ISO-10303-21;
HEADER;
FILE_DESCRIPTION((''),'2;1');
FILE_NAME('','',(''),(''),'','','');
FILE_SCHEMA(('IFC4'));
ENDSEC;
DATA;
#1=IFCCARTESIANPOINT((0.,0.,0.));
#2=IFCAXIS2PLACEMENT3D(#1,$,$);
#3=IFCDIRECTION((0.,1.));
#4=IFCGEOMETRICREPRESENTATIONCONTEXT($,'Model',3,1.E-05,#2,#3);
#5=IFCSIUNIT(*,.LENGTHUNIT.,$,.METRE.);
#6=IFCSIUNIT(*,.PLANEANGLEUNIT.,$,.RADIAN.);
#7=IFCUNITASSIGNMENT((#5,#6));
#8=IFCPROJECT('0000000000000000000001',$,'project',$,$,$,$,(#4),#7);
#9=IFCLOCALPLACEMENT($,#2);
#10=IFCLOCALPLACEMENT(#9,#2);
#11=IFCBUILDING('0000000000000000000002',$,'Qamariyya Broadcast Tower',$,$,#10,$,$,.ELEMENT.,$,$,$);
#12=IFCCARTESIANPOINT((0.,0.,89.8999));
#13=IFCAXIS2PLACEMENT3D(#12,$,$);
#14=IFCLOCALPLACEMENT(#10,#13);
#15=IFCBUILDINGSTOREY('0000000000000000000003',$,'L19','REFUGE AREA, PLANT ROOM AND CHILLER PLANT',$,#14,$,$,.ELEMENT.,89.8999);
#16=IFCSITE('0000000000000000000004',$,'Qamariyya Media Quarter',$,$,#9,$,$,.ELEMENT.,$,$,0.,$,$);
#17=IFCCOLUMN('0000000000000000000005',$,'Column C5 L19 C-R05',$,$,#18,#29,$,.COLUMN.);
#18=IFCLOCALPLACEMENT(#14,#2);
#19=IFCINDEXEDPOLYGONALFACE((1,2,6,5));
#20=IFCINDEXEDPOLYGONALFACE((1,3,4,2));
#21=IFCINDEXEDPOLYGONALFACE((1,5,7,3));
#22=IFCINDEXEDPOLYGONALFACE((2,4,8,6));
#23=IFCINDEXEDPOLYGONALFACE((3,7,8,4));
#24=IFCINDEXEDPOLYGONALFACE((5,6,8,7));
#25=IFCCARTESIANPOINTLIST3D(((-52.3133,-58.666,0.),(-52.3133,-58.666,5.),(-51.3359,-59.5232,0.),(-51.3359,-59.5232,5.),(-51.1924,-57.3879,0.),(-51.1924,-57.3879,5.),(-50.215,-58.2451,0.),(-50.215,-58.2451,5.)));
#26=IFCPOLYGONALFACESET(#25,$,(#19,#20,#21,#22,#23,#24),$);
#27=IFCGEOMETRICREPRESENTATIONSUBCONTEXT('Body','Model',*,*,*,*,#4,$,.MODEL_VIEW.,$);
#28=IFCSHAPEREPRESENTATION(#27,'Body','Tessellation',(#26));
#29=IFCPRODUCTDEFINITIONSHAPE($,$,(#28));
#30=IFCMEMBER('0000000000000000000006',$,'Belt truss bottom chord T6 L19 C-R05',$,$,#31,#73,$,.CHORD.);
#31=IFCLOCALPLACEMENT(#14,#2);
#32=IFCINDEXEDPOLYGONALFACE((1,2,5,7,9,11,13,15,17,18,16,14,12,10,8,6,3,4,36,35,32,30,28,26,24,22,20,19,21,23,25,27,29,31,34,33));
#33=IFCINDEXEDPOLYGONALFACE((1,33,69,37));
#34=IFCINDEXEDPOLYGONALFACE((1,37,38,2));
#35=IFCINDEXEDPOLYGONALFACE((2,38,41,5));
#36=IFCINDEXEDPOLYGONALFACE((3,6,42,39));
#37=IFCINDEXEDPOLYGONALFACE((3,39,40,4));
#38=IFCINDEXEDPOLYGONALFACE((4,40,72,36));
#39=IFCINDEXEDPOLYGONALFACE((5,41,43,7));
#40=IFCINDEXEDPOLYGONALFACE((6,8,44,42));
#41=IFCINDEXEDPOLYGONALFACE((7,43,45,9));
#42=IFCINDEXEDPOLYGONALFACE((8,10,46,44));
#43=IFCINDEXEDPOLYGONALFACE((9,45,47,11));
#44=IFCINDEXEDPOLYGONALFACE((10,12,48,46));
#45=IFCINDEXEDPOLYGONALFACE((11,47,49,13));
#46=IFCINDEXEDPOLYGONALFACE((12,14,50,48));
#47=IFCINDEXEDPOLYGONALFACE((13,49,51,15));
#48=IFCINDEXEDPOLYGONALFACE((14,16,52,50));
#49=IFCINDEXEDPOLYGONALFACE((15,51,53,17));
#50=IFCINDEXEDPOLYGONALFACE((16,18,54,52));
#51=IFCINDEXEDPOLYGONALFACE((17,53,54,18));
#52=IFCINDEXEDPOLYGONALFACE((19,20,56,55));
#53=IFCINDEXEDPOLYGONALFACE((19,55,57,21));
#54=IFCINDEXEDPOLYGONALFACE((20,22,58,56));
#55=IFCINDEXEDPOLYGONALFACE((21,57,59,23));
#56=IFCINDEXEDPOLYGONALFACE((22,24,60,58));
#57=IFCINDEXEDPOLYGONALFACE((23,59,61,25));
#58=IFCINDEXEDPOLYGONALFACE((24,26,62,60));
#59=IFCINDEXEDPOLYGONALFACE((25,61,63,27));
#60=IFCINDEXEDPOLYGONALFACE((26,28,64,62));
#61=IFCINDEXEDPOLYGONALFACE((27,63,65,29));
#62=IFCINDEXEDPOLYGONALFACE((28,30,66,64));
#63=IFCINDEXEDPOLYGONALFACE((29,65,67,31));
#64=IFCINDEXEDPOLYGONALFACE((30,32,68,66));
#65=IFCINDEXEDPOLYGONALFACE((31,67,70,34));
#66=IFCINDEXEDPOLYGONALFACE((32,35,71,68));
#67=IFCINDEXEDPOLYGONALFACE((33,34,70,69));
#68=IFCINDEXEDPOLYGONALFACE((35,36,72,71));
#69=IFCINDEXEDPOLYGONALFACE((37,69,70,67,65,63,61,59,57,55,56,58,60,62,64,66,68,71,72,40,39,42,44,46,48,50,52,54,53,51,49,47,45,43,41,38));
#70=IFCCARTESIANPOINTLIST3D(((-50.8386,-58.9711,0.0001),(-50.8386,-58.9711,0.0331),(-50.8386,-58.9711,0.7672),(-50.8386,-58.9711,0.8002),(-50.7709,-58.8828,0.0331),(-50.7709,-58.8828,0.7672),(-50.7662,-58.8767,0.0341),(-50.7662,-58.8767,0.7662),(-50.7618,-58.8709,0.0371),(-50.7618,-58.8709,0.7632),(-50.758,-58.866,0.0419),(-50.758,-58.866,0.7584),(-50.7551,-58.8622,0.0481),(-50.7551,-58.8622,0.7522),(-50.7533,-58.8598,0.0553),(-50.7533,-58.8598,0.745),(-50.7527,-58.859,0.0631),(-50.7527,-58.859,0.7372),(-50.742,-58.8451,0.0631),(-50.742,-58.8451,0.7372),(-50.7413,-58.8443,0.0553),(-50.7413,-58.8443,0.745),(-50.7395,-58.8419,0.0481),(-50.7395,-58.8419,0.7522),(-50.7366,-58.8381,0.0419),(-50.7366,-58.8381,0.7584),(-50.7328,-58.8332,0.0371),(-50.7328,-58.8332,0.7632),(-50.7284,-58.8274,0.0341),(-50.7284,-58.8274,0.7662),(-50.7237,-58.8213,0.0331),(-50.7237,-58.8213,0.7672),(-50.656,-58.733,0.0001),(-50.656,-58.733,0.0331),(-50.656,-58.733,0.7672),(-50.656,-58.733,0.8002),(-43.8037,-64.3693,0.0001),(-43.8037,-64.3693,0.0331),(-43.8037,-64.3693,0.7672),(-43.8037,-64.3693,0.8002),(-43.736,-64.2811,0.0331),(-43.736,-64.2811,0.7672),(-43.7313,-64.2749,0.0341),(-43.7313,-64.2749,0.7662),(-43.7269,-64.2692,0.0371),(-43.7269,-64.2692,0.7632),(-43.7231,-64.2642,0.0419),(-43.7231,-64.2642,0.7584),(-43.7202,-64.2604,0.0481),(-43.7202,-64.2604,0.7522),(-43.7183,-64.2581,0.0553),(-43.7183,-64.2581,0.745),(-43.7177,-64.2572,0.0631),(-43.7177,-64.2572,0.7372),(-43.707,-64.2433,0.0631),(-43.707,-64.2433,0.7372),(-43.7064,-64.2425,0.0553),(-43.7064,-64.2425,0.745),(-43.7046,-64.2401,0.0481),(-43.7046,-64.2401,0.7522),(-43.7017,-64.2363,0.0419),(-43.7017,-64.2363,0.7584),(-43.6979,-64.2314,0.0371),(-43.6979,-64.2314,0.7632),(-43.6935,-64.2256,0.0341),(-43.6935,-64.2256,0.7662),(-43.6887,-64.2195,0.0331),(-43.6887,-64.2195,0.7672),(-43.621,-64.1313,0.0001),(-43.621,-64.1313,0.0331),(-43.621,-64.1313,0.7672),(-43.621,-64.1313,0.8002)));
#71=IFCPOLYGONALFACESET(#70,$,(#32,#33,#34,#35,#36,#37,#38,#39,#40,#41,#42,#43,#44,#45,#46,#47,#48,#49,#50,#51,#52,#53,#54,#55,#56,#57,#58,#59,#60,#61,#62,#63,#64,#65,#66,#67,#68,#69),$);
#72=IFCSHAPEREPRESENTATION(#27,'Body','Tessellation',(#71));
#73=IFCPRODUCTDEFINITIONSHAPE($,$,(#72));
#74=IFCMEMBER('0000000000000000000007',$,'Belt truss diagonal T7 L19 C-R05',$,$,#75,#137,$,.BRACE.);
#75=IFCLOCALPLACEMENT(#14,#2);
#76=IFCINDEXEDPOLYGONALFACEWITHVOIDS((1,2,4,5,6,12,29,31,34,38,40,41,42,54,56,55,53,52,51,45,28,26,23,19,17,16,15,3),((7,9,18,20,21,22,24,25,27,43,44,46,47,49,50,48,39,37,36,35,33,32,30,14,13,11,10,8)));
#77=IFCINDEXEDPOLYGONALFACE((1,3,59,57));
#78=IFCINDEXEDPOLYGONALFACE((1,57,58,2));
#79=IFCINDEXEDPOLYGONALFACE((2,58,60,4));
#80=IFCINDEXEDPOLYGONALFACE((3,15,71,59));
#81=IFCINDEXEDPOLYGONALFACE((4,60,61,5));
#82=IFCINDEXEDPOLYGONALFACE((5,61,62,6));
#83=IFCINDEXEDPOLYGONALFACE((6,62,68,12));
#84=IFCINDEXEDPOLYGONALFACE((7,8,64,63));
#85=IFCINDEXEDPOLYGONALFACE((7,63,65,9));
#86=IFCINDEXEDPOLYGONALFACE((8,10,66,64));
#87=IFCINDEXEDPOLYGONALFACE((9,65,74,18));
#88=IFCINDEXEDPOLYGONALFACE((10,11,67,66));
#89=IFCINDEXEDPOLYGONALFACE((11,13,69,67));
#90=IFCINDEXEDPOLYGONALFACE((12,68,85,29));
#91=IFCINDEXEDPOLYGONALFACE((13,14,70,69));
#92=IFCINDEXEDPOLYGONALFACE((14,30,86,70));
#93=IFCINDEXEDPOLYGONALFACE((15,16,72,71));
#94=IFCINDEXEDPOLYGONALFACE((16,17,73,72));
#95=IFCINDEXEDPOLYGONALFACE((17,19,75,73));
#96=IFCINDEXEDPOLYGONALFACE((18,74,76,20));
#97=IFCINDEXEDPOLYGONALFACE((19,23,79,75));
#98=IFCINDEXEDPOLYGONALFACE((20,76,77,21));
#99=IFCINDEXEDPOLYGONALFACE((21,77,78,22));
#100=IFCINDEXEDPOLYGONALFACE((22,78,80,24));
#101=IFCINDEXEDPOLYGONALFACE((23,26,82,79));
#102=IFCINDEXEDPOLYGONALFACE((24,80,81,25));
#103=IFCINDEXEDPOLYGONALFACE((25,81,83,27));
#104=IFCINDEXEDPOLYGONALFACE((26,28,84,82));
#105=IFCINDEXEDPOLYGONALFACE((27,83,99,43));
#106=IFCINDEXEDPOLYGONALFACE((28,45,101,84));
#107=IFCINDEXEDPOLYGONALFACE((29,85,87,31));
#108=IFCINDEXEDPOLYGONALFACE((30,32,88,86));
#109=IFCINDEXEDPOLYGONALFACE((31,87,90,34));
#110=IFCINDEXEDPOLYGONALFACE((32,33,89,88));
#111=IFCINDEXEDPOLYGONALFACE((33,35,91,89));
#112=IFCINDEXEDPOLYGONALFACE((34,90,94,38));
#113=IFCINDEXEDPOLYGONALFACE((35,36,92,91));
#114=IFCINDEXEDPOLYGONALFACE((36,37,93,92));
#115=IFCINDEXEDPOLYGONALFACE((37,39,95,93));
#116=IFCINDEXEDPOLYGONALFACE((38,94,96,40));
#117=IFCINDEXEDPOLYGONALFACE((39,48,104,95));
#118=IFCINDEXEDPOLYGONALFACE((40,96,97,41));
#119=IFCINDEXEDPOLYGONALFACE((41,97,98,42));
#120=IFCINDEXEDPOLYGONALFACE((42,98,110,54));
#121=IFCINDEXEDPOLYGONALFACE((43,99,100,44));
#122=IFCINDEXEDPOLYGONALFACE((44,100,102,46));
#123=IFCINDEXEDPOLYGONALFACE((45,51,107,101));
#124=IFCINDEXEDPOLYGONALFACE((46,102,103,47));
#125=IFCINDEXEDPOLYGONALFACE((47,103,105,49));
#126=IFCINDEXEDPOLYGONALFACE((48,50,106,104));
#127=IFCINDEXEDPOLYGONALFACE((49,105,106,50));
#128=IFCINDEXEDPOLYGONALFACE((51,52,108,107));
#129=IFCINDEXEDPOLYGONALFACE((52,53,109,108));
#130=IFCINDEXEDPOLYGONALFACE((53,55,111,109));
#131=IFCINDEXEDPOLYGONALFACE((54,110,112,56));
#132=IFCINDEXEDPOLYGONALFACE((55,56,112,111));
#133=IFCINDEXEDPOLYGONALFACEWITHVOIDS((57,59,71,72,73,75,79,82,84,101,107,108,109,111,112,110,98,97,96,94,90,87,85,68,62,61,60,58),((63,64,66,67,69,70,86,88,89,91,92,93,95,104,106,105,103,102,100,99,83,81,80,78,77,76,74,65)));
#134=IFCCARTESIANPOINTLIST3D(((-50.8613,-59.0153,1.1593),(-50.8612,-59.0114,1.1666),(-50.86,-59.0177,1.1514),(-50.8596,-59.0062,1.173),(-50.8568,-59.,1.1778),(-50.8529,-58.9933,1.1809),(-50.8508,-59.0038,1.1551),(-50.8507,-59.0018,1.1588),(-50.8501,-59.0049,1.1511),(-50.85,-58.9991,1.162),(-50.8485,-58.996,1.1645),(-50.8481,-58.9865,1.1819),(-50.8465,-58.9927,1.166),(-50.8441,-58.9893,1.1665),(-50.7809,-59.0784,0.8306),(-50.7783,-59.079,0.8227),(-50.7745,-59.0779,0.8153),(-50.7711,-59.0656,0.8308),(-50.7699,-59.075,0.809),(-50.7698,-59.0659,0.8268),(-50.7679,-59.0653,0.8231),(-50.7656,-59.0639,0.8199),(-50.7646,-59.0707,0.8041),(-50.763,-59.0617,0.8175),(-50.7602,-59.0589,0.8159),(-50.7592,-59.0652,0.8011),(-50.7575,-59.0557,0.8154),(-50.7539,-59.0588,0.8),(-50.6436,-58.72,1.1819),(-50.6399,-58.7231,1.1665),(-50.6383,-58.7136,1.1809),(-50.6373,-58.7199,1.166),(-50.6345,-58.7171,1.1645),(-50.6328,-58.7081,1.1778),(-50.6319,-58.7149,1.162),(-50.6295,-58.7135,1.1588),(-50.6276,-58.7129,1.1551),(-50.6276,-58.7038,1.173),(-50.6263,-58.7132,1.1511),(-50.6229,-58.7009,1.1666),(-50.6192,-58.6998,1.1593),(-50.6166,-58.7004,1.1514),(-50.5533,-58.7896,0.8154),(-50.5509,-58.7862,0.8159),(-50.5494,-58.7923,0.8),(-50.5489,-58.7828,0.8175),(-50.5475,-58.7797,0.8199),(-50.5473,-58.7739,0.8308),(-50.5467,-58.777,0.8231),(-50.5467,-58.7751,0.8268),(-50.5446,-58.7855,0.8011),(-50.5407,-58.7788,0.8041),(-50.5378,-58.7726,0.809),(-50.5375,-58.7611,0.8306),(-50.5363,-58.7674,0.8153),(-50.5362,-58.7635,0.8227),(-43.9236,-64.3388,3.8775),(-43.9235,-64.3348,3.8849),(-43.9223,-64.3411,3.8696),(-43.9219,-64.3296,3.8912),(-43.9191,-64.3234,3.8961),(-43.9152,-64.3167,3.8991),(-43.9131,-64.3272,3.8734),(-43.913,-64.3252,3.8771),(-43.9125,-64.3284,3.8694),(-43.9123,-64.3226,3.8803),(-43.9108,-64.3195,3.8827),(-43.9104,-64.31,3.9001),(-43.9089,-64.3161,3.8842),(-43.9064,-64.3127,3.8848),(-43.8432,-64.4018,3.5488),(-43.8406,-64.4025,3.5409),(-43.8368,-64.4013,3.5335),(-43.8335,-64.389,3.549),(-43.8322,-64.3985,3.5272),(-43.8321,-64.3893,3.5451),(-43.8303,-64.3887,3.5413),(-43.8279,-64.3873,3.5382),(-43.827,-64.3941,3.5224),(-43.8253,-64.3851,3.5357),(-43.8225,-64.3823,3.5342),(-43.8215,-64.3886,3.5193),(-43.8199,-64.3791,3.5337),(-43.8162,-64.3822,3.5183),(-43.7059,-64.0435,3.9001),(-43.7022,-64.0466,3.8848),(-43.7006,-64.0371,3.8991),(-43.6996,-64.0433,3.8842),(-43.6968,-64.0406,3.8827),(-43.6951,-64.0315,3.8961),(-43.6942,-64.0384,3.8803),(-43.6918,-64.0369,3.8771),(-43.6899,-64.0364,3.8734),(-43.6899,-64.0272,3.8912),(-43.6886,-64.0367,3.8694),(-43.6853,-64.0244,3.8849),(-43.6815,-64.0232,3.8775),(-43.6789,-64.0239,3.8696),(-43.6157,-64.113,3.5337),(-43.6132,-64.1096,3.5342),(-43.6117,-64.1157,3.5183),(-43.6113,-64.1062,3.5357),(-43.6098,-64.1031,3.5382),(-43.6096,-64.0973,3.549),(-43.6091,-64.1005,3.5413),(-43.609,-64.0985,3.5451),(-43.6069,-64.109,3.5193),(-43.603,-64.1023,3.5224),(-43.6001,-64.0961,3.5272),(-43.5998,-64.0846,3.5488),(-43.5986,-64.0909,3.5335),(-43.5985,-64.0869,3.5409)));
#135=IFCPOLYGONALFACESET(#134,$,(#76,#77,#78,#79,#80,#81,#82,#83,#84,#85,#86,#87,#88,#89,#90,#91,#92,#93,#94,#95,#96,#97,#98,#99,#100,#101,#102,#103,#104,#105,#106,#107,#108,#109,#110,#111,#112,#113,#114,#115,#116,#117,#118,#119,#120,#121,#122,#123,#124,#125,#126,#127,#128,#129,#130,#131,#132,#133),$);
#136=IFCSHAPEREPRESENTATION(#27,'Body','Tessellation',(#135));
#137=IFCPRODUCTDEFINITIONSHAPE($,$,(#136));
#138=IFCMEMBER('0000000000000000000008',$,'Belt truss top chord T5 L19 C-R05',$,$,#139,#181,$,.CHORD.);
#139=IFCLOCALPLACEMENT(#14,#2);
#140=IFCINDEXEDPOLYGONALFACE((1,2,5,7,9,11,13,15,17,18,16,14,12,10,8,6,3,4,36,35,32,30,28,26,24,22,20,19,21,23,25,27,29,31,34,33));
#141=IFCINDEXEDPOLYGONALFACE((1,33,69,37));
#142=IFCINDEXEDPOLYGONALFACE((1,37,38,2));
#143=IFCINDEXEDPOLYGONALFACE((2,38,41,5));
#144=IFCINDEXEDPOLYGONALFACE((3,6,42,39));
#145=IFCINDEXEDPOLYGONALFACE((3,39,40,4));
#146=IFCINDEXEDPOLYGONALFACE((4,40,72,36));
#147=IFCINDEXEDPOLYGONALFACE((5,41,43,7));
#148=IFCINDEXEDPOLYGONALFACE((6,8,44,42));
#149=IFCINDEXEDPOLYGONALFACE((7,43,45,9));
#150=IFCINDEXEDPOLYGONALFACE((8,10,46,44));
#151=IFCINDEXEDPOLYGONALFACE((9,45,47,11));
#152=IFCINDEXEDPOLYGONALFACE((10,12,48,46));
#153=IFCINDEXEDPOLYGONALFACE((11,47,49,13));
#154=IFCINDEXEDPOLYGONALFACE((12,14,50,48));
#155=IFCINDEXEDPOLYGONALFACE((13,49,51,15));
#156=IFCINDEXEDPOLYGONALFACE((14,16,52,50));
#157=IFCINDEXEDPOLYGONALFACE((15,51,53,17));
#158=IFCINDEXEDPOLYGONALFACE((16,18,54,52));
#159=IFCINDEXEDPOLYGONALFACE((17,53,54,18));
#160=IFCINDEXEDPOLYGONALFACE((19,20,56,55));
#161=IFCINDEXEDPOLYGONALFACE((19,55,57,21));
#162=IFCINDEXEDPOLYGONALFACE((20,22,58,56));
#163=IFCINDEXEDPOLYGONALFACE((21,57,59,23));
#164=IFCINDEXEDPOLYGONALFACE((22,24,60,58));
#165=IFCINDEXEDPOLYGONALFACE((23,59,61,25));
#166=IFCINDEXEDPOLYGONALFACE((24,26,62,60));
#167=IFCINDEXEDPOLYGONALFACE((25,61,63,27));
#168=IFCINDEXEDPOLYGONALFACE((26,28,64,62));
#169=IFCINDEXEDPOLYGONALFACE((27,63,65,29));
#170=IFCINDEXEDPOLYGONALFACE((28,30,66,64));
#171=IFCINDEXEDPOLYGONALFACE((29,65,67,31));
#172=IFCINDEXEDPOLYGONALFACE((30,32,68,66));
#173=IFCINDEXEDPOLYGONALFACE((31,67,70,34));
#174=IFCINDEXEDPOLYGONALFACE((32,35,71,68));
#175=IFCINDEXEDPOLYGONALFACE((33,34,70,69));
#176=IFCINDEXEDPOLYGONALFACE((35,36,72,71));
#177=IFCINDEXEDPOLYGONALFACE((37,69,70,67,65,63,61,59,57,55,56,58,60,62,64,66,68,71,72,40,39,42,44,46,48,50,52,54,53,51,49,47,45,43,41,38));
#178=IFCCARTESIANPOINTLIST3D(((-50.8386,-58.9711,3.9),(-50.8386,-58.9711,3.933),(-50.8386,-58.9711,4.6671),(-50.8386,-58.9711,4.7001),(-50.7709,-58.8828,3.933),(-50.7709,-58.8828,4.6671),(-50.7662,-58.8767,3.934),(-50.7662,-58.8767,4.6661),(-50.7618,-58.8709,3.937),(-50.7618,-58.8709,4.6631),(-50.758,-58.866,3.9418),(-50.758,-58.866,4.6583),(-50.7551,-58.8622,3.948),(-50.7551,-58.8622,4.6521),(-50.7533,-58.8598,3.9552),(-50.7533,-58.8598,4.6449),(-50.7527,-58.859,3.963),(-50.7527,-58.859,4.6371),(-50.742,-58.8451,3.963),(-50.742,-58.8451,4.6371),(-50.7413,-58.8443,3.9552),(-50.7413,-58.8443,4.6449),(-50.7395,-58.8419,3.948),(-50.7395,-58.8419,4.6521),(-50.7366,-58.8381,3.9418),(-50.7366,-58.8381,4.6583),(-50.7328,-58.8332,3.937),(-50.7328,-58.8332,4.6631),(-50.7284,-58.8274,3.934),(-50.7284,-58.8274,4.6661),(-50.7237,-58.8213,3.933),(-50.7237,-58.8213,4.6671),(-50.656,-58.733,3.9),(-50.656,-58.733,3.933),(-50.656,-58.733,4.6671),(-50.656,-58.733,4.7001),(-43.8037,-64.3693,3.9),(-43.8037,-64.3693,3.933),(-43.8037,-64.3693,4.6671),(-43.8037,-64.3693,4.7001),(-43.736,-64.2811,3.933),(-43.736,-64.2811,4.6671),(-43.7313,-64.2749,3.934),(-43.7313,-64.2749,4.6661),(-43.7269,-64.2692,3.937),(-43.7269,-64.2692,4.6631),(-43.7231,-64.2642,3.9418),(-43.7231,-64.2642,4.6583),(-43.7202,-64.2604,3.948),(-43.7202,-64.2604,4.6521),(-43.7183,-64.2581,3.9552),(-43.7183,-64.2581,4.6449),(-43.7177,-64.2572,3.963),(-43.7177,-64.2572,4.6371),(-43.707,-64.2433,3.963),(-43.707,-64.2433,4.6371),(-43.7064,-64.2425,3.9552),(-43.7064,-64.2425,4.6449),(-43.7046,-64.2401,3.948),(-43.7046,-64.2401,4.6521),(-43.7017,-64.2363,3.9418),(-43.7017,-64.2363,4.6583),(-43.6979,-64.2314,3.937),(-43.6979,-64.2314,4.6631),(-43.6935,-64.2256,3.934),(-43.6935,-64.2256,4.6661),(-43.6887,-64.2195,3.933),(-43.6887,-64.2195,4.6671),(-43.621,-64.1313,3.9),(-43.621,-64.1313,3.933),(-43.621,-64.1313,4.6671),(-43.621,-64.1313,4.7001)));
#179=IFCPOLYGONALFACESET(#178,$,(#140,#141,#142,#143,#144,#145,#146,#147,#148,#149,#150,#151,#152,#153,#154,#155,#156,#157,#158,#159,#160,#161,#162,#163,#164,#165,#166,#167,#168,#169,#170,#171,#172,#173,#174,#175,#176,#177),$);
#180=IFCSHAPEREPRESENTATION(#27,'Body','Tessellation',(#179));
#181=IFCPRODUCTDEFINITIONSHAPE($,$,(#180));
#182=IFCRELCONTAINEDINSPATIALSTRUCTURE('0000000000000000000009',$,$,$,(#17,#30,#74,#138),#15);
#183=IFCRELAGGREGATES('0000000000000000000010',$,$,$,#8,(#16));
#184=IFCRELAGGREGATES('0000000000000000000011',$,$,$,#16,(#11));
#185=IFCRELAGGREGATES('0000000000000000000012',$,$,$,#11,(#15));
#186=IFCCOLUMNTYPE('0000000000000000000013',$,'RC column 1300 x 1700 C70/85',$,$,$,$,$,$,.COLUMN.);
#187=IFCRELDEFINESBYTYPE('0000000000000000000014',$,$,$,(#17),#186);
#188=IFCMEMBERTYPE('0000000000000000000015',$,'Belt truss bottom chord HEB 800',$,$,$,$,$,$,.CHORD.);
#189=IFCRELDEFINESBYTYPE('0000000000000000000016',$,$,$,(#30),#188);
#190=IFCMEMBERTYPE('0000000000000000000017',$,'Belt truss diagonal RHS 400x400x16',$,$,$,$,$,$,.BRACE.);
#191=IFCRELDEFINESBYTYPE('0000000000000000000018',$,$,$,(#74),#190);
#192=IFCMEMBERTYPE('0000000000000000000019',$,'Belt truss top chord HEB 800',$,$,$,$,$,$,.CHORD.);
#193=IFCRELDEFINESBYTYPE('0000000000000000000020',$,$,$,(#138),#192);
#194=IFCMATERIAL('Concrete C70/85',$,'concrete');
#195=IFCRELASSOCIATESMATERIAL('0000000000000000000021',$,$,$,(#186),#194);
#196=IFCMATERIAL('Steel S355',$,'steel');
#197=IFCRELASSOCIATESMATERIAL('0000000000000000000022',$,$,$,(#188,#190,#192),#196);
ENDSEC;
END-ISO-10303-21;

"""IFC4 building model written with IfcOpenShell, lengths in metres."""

from ifc_helpers import new_model, si_unit, direction, frame, origin, origin_2d, place, context, subcontext, project, spatial, rectangle, hollow_rectangle, i_section, extrude, material, material_profile, profile_set, type_object, element, save


model = new_model("IFC4")

# Units and contexts
model_context = context("Model", 3, precision=1e-05, world=origin(), true_north=direction((0.0, 1.0)))
body_context = subcontext(model_context, "Body", "Model", "MODEL_VIEW")
ifc_project = project(units=[si_unit("LENGTHUNIT", "METRE"), si_unit("PLANEANGLEUNIT", "RADIAN")], contexts=[model_context])

# Site, building, storey
site_placement = place(None, origin())
site = spatial("IfcSite", under=ifc_project, at=site_placement, Name="Qamariyya Media Quarter", CompositionType="ELEMENT", RefElevation=0.0)
building_placement = place(site_placement, origin())
building = spatial("IfcBuilding", under=site, at=building_placement, Name="Qamariyya Broadcast Tower", CompositionType="ELEMENT")
storey_placement = place(building_placement, frame((0.0, 0.0, 89.8999)))
storey = spatial("IfcBuildingStorey", under=building, at=storey_placement, Name="L19", Description="REFUGE AREA, PLANT ROOM AND CHILLER PLANT", CompositionType="ELEMENT", Elevation=89.8999)

# Column
ifc_material_1 = material(Name="Concrete C70/85", Category="concrete")
ifc_material_profile_1 = material_profile(ifc_material_1, rectangle(XDim=1.3, YDim=1.7, at=origin_2d()))
ifc_profile_set_1 = profile_set([ifc_material_profile_1], Name="Concrete C70/85")
column_type = type_object("IfcColumnType", Name="RC column 1300 x 1700 C70/85", PredefinedType="COLUMN", material=ifc_profile_set_1)
column_placement = place(storey_placement, frame((-51.2642, -58.4556, 0.0), z_axis=(0.0, 0.0, 1.0), x_axis=(0.75184, -0.659346, 0.0)))
element("IfcColumn", 1, at=column_placement, inside=storey, type_object=column_type, Name="Column C5 L19 C-R05", PredefinedType="COLUMN", context=body_context, shape_type="SweptSolid", body=[
    extrude(rectangle(XDim=1.3, YDim=1.7, at=origin_2d()), origin(), (0.0, 0.0, 1.0), 5.0),
])

# Members
ifc_material_2 = material(Name="Steel S355", Category="steel")
ifc_material_profile_2 = material_profile(ifc_material_2, i_section(OverallWidth=0.3, OverallDepth=0.8, WebThickness=0.0176, FlangeThickness=0.033, FilletRadius=0.03, at=origin_2d()))
ifc_profile_set_2 = profile_set([ifc_material_profile_2], Name="Steel S355")
member_type_1 = type_object("IfcMemberType", Name="Belt truss bottom chord HEB 800", PredefinedType="CHORD", material=ifc_profile_set_2)
member_1_placement = place(storey_placement, frame((-50.7473, -58.8521, 0.4001), z_axis=(0.793347, -0.60877, 0.0), x_axis=(0.60877, 0.793347, 0.0)))
element("IfcMember", 2, at=member_1_placement, inside=storey, type_object=member_type_1, Name="Belt truss bottom chord T6 L19 C-R05", PredefinedType="CHORD", context=body_context, shape_type="SweptSolid", body=[
    extrude(i_section(OverallWidth=0.3, OverallDepth=0.8, WebThickness=0.0176, FlangeThickness=0.033, FilletRadius=0.03, at=origin_2d()), origin(), (0.0, 0.0, 1.0), 8.8674),
])
ifc_material_profile_3 = material_profile(ifc_material_2, hollow_rectangle(XDim=0.3999, YDim=0.3999, WallThickness=0.0161, InnerFilletRadius=0.0161, OuterFilletRadius=0.032, at=origin_2d()))
ifc_profile_set_3 = profile_set([ifc_material_profile_3], Name="Steel S355")
member_type_2 = type_object("IfcMemberType", Name="Belt truss diagonal RHS 400x400x16", PredefinedType="BRACE", material=ifc_profile_set_3)
member_2_placement = place(storey_placement, frame((-50.6987, -58.8894, 0.991), z_axis=(0.757598, -0.581322, 0.296833), x_axis=(0.608759, 0.793355, 0.0)))
element("IfcMember", 3, at=member_2_placement, inside=storey, type_object=member_type_2, Name="Belt truss diagonal T7 L19 C-R05", PredefinedType="BRACE", context=body_context, shape_type="SweptSolid", body=[
    extrude(hollow_rectangle(XDim=0.3999, YDim=0.3999, WallThickness=0.0161, InnerFilletRadius=0.0161, OuterFilletRadius=0.032, at=origin_2d()), origin(), (0.0, 0.0, 1.0), 9.1575),
])
ifc_material_profile_4 = material_profile(ifc_material_2, i_section(OverallWidth=0.3, OverallDepth=0.8, WebThickness=0.0176, FlangeThickness=0.033, FilletRadius=0.03, at=origin_2d()))
ifc_profile_set_4 = profile_set([ifc_material_profile_4], Name="Steel S355")
member_type_3 = type_object("IfcMemberType", Name="Belt truss top chord HEB 800", PredefinedType="CHORD", material=ifc_profile_set_4)
member_3_placement = place(storey_placement, frame((-50.7473, -58.8521, 4.3), z_axis=(0.793347, -0.60877, 0.0), x_axis=(0.60877, 0.793347, 0.0)))
element("IfcMember", 4, at=member_3_placement, inside=storey, type_object=member_type_3, Name="Belt truss top chord T5 L19 C-R05", PredefinedType="CHORD", context=body_context, shape_type="SweptSolid", body=[
    extrude(i_section(OverallWidth=0.3, OverallDepth=0.8, WebThickness=0.0176, FlangeThickness=0.033, FilletRadius=0.03, at=origin_2d()), origin(), (0.0, 0.0, 1.0), 8.8674),
])

save(model, "model.ifc")
